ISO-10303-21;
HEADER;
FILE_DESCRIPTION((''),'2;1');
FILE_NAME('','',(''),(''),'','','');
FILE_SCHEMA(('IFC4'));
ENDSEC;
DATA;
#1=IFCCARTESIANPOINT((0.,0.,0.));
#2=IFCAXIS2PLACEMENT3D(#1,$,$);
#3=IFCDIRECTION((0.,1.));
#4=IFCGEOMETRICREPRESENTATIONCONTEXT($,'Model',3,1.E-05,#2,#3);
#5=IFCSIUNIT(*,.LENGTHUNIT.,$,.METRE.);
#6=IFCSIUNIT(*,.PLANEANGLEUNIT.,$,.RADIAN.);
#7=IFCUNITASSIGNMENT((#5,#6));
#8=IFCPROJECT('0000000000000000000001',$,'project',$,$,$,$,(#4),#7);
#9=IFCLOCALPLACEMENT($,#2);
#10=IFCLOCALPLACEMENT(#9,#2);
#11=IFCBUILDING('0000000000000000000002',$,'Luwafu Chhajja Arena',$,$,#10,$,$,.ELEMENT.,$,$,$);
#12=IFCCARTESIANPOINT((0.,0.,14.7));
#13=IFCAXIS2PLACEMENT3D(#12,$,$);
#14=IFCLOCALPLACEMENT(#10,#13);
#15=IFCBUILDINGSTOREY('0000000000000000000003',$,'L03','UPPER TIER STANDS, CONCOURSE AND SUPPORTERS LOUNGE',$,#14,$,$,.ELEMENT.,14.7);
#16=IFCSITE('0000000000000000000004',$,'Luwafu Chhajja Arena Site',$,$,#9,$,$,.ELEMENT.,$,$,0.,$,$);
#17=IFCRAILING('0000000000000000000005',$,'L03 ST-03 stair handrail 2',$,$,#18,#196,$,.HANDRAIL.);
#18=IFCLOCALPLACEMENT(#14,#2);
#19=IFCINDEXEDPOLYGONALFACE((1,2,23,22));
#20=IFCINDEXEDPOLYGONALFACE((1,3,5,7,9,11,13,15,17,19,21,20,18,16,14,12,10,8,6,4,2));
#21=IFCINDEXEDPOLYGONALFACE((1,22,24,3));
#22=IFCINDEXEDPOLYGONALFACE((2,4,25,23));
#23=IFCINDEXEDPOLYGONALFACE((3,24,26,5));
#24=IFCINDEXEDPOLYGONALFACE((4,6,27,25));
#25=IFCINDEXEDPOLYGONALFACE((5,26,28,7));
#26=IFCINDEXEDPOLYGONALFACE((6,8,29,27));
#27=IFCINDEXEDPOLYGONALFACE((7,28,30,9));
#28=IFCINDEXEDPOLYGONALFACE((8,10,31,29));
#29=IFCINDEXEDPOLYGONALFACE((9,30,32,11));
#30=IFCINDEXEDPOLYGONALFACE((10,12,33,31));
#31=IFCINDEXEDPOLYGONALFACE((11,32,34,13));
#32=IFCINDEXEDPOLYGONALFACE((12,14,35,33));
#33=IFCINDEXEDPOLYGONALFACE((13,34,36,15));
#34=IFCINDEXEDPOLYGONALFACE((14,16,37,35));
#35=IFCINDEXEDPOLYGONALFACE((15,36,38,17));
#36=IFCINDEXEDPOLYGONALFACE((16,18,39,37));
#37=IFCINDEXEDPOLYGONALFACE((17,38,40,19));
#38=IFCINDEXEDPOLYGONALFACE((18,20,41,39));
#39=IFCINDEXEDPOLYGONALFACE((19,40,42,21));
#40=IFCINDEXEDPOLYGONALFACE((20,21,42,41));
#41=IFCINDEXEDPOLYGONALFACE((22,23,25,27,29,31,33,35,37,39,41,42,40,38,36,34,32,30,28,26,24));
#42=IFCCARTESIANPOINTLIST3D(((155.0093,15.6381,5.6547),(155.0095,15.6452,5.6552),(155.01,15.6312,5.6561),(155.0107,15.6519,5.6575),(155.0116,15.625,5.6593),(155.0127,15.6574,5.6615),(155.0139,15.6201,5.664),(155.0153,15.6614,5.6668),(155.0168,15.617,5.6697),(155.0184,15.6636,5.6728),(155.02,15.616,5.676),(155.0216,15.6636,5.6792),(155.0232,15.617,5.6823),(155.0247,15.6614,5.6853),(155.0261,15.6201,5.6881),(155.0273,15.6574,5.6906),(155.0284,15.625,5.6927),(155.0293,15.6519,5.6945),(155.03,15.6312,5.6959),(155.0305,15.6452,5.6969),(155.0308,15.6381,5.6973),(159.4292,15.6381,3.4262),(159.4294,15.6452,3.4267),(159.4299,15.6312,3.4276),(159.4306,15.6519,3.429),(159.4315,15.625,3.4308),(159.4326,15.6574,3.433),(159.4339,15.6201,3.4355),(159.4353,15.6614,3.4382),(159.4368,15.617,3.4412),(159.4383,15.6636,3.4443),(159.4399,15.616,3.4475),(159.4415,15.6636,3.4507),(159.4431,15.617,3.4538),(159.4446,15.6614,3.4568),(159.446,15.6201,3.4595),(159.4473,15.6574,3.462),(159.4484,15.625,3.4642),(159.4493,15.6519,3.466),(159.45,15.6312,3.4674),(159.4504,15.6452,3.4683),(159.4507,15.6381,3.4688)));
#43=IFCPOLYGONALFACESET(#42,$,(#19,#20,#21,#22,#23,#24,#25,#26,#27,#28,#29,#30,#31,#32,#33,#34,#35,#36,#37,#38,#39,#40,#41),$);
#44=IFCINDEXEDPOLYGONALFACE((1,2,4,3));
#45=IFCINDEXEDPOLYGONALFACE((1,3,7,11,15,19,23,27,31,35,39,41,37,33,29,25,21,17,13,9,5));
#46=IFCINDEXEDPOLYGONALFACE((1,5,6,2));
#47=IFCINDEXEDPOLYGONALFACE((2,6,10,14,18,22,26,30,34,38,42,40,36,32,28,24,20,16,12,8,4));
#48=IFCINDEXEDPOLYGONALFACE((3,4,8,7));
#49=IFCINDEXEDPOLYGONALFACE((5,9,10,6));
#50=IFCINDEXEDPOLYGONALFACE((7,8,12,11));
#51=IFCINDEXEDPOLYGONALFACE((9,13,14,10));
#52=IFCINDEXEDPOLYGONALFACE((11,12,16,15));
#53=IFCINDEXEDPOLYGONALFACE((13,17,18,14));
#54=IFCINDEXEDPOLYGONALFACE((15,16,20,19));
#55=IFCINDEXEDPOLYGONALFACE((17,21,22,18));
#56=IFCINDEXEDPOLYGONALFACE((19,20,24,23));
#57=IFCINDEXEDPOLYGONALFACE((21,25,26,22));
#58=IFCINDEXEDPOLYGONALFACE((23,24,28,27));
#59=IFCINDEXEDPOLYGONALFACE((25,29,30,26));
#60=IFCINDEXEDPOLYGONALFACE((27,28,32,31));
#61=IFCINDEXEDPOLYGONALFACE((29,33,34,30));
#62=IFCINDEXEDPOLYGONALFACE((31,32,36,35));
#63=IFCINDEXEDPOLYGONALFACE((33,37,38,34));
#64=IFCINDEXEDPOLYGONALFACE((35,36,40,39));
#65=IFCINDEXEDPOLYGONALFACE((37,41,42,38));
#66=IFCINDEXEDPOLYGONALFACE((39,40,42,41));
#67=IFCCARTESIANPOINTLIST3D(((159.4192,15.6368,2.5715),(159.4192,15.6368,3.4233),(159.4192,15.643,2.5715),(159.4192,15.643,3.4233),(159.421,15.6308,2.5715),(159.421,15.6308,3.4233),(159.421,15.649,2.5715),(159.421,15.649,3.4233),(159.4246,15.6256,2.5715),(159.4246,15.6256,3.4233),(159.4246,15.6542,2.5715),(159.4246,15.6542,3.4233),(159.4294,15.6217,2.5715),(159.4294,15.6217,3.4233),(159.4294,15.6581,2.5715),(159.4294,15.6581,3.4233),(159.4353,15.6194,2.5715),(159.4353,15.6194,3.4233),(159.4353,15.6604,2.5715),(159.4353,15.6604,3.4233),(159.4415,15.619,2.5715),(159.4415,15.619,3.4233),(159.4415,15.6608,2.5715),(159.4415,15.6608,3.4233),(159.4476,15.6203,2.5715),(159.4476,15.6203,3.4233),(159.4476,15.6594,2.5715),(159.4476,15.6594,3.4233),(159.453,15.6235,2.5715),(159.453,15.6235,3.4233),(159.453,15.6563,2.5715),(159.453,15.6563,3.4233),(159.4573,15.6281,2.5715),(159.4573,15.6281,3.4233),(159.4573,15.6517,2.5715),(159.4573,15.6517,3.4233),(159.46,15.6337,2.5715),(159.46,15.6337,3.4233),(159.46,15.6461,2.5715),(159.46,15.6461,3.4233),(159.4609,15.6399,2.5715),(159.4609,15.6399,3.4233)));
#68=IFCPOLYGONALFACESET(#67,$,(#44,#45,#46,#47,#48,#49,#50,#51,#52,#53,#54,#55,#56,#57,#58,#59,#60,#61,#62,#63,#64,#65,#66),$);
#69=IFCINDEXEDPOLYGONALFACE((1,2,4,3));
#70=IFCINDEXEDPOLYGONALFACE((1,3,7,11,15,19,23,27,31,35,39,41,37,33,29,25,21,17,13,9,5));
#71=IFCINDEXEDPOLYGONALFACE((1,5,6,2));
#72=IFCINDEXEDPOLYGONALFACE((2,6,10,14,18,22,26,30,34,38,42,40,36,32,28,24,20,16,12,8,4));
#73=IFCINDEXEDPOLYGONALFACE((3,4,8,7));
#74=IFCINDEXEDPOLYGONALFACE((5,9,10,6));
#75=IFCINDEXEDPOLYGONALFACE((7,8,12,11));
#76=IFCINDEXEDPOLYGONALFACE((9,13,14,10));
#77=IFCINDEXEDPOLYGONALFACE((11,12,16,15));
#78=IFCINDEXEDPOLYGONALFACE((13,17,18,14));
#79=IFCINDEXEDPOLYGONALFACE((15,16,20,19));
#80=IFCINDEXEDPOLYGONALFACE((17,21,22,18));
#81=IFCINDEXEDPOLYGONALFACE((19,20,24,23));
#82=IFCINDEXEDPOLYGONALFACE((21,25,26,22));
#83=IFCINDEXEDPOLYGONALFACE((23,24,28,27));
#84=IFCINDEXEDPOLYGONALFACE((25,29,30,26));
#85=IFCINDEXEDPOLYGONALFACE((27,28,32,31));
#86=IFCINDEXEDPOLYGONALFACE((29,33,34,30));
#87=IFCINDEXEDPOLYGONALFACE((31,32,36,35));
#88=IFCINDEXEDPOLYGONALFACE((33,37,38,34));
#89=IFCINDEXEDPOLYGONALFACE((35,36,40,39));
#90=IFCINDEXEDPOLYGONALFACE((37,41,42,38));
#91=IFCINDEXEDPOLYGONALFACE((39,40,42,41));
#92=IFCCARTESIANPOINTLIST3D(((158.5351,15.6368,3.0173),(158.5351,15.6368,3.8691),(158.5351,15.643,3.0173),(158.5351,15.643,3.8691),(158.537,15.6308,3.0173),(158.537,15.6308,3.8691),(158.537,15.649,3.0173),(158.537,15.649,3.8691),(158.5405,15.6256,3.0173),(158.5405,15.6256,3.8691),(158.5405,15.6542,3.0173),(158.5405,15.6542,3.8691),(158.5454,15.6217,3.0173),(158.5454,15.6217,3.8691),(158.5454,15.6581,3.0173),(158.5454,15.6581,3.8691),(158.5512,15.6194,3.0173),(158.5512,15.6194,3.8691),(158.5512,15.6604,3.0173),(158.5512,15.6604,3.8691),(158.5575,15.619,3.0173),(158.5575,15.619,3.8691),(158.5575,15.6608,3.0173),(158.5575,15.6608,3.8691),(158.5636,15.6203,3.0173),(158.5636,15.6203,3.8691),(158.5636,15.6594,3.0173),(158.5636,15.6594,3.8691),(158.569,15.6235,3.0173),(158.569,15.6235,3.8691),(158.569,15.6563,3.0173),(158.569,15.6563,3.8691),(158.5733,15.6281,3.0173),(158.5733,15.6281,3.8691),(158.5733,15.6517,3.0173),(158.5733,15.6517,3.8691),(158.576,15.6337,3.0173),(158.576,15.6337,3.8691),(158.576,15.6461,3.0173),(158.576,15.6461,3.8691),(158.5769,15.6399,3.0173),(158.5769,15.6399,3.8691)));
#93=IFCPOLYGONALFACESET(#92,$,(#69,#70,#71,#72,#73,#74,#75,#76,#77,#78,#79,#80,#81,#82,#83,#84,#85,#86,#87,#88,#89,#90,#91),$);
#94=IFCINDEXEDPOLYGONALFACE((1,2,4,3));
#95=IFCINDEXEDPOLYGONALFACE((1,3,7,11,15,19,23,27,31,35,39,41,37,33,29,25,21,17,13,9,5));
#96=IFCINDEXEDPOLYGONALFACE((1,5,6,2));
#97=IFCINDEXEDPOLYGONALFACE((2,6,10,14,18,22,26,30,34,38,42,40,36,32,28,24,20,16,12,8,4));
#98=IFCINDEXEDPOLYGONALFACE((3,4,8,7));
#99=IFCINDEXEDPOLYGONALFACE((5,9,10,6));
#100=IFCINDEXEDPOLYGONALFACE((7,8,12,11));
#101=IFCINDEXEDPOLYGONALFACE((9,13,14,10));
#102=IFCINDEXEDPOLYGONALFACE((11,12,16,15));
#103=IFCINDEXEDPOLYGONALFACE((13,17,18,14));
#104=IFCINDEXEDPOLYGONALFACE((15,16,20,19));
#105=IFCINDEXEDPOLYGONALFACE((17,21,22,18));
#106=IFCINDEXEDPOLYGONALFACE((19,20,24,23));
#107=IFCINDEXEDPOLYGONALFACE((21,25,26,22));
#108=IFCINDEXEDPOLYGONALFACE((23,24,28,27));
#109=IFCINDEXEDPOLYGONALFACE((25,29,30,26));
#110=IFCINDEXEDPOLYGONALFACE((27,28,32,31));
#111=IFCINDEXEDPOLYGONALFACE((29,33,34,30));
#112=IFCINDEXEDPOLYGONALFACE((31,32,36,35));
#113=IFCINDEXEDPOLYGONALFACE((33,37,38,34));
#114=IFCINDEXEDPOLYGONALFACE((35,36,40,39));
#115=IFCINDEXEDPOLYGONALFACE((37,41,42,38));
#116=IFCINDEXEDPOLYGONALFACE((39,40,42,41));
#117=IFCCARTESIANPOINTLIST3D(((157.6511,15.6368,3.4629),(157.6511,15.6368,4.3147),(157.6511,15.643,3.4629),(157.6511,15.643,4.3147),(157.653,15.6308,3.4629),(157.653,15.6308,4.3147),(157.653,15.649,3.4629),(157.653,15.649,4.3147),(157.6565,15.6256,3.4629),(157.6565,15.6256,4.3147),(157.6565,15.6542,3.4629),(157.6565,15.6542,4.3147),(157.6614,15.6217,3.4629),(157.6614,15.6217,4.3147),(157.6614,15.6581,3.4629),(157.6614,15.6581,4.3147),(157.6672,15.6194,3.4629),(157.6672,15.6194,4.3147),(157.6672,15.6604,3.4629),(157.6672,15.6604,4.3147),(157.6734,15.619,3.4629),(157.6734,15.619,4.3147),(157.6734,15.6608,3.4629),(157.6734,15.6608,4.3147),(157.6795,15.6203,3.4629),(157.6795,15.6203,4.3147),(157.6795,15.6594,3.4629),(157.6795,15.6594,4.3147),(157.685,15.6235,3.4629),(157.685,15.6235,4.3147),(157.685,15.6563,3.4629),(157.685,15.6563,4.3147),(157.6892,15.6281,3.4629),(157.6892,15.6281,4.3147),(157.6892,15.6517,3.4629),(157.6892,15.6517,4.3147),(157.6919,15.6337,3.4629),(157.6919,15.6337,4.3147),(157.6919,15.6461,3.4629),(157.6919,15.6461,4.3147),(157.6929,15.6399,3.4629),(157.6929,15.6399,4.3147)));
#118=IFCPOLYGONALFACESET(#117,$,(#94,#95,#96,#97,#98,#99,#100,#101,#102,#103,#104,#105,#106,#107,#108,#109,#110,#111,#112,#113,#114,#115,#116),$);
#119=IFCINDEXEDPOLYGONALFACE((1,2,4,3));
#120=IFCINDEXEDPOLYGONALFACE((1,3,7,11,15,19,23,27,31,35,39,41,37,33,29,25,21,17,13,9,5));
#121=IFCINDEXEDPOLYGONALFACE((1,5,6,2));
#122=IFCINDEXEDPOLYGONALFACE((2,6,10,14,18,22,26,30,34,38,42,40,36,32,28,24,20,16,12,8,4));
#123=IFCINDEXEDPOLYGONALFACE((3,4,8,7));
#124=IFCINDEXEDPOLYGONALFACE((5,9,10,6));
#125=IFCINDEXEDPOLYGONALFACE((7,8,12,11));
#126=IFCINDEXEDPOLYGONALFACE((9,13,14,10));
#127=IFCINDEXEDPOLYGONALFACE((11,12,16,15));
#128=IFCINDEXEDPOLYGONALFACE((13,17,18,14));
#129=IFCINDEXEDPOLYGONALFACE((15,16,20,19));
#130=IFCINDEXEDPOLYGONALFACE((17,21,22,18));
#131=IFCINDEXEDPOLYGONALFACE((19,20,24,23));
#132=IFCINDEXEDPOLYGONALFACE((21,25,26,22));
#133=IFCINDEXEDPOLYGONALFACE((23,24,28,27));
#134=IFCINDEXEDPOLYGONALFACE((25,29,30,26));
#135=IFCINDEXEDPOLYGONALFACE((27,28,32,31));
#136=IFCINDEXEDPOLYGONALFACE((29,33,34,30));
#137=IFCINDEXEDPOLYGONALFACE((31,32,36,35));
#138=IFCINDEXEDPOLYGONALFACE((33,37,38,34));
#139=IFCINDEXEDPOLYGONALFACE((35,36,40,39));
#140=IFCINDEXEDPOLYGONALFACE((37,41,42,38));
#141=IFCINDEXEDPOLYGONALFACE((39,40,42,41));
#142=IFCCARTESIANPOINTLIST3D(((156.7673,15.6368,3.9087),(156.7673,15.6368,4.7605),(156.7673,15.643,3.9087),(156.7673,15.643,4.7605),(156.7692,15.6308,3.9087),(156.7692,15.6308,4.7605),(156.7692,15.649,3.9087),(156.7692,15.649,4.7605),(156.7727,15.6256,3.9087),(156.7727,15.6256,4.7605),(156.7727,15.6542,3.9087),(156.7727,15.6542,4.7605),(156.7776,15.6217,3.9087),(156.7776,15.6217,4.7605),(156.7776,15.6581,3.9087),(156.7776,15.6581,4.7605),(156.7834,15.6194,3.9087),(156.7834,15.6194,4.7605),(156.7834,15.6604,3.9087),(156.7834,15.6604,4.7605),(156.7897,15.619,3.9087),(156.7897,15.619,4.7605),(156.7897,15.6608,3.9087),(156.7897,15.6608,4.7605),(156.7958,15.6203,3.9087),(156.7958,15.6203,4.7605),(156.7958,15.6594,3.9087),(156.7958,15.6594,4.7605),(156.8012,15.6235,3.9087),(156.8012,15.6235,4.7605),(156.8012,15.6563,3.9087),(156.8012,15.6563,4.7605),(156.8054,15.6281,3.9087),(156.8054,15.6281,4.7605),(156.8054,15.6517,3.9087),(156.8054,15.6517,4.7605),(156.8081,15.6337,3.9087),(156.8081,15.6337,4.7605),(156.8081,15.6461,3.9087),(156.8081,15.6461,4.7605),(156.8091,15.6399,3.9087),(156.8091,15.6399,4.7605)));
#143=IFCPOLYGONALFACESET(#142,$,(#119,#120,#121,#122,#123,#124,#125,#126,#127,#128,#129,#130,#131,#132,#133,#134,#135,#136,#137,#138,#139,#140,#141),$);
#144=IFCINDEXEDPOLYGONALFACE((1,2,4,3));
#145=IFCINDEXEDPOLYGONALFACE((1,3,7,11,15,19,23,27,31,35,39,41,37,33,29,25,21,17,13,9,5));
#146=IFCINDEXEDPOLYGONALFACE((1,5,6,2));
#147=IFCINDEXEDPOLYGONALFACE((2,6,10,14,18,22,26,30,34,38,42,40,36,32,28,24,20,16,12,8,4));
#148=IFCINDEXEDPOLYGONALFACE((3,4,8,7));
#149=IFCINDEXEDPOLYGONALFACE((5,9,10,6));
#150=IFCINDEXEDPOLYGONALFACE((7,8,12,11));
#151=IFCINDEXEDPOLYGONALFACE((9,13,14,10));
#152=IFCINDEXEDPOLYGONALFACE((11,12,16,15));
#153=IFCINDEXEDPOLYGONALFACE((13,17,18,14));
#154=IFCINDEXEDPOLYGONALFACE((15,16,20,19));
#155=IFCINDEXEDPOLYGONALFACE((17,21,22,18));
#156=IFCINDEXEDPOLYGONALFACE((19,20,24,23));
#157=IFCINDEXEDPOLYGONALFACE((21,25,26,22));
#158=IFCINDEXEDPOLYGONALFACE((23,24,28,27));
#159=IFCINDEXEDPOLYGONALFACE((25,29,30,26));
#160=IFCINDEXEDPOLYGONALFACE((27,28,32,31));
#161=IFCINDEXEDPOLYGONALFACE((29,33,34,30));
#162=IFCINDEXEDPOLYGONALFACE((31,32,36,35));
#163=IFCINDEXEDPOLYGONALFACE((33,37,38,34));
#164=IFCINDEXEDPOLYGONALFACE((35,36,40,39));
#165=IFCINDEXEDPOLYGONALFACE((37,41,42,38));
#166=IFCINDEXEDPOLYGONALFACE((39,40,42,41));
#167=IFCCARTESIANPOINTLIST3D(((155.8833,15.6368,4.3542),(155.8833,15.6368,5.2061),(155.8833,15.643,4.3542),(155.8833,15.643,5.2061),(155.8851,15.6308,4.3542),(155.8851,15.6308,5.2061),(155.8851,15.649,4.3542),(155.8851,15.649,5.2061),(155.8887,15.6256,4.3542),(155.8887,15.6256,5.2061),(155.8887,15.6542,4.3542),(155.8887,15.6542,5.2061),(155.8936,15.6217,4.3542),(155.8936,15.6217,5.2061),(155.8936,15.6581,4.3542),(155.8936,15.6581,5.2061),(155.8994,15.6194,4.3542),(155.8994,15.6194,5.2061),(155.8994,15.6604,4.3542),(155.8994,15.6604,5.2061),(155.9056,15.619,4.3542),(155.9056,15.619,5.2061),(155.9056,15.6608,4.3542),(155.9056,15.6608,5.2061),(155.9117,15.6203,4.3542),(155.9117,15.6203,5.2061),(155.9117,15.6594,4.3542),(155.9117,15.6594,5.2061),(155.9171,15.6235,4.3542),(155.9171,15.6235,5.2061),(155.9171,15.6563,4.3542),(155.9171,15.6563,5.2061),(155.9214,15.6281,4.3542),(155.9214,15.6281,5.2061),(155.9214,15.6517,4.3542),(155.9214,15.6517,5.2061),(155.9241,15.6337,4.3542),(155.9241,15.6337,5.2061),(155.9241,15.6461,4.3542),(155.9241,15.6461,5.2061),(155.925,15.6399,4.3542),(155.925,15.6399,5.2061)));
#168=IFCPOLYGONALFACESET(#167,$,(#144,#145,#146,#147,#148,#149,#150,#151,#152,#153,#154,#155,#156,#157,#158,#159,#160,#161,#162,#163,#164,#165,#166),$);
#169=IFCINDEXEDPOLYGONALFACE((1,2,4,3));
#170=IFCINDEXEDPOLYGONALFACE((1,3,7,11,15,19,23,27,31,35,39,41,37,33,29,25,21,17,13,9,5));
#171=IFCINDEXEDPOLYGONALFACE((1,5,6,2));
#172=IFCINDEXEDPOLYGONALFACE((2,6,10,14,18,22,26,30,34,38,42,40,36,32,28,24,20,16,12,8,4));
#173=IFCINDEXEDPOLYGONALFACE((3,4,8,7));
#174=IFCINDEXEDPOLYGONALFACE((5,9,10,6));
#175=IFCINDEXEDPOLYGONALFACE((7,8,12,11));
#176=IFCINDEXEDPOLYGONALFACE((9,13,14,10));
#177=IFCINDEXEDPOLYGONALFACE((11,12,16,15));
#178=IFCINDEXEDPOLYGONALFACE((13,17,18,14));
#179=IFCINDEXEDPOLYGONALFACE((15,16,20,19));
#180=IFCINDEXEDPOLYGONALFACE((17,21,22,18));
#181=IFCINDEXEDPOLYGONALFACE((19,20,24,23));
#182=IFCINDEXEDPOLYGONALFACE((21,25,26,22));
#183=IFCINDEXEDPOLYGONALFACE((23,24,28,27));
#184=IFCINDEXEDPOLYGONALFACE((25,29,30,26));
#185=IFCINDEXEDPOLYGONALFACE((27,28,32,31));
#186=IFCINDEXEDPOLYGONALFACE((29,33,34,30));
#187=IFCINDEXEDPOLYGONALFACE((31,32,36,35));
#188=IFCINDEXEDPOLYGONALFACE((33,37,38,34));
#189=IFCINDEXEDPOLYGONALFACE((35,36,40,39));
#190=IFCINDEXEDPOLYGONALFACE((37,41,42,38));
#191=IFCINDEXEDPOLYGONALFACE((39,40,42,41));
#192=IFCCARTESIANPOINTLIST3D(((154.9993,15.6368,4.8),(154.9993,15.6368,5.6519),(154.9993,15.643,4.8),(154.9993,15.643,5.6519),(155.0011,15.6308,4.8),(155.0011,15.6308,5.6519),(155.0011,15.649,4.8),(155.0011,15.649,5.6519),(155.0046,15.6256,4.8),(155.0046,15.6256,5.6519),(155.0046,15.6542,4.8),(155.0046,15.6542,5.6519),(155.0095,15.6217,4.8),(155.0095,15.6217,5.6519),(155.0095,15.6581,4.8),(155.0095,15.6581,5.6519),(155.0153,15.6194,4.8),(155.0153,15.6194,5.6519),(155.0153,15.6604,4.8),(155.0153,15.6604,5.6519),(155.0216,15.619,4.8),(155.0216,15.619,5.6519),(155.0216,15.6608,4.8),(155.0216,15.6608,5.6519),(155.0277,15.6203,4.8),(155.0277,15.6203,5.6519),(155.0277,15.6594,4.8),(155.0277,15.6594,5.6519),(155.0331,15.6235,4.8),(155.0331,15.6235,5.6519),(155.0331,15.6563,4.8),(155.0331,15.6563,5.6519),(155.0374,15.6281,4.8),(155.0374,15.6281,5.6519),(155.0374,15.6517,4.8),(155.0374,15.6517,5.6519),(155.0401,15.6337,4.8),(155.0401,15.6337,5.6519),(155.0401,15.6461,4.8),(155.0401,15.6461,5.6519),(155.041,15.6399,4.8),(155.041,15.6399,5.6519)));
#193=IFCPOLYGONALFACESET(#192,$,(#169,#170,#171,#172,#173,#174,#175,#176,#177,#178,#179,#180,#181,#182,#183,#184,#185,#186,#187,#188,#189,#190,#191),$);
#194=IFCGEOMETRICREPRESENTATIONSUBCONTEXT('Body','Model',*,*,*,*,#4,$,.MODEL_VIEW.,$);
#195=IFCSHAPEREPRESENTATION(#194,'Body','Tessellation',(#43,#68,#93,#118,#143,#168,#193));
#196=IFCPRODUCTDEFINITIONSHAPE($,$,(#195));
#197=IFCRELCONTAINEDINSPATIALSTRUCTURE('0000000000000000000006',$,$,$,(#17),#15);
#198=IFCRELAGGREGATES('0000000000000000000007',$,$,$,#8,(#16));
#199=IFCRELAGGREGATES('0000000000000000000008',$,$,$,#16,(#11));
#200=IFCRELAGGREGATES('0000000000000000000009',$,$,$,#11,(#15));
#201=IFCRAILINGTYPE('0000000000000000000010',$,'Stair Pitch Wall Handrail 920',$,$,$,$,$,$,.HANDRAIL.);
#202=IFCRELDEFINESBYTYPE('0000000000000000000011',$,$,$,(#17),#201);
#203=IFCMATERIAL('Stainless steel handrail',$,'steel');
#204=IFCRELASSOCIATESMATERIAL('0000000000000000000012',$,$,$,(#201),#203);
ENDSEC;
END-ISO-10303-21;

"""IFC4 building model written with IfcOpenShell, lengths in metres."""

from ifc_helpers import new_model, si_unit, direction, frame, origin, origin_2d, place, context, subcontext, project, spatial, circle, extrude, material, type_object, element, save


model = new_model("IFC4")

# Units and contexts
model_context = context("Model", 3, precision=1e-05, world=origin(), true_north=direction((0.0, 1.0)))
body_context = subcontext(model_context, "Body", "Model", "MODEL_VIEW")
ifc_project = project(units=[si_unit("LENGTHUNIT", "METRE"), si_unit("PLANEANGLEUNIT", "RADIAN")], contexts=[model_context])

# Site, building, storey
site_placement = place(None, origin())
site = spatial("IfcSite", under=ifc_project, at=site_placement, Name="Luwafu Chhajja Arena Site", CompositionType="ELEMENT", RefElevation=0.0)
building_placement = place(site_placement, origin())
building = spatial("IfcBuilding", under=site, at=building_placement, Name="Luwafu Chhajja Arena", CompositionType="ELEMENT")
storey_placement = place(building_placement, frame((0.0, 0.0, 14.7)))
storey = spatial("IfcBuildingStorey", under=building, at=storey_placement, Name="L03", Description="UPPER TIER STANDS, CONCOURSE AND SUPPORTERS LOUNGE", CompositionType="ELEMENT", Elevation=14.7)

# Railing
ifc_material_1 = material(Name="Stainless steel handrail", Category="steel")
railing_type_1 = type_object("IfcRailingType", Name="Stair Pitch Wall Handrail 920", PredefinedType="HANDRAIL", material=ifc_material_1)
railing_1_placement = place(storey_placement, frame((159.4399, 15.6399, 2.5715)))
element("IfcRailing", 1, at=railing_1_placement, inside=storey, type_object=railing_type_1, Name="L03 ST-03 stair handrail 2", PredefinedType="HANDRAIL", context=body_context, shape_type="SweptSolid", body=[
    extrude(circle(Radius=0.0239, at=origin_2d()), frame((0.0, 0.0, 0.876), z_axis=(-0.892923, 0.0, 0.45021), x_axis=(0.0, -1.0, 0.0)), (0.0, 0.0, 1.0), 4.95),
    extrude(circle(Radius=0.021, at=origin_2d()), origin(), (0.0, 0.0, 1.0), 0.8518),
    extrude(circle(Radius=0.021, at=origin_2d()), frame((-0.884, 0.0, 0.4458)), (0.0, 0.0, 1.0), 0.8518),
    extrude(circle(Radius=0.021, at=origin_2d()), frame((-1.7681, 0.0, 0.8914)), (0.0, 0.0, 1.0), 0.8518),
    extrude(circle(Radius=0.021, at=origin_2d()), frame((-2.6519, 0.0, 1.3372)), (0.0, 0.0, 1.0), 0.8518),
    extrude(circle(Radius=0.021, at=origin_2d()), frame((-3.5359, 0.0, 1.7827)), (0.0, 0.0, 1.0), 0.8518),
    extrude(circle(Radius=0.021, at=origin_2d()), frame((-4.4199, 0.0, 2.2285)), (0.0, 0.0, 1.0), 0.8518),
])

save(model, "model.ifc")
